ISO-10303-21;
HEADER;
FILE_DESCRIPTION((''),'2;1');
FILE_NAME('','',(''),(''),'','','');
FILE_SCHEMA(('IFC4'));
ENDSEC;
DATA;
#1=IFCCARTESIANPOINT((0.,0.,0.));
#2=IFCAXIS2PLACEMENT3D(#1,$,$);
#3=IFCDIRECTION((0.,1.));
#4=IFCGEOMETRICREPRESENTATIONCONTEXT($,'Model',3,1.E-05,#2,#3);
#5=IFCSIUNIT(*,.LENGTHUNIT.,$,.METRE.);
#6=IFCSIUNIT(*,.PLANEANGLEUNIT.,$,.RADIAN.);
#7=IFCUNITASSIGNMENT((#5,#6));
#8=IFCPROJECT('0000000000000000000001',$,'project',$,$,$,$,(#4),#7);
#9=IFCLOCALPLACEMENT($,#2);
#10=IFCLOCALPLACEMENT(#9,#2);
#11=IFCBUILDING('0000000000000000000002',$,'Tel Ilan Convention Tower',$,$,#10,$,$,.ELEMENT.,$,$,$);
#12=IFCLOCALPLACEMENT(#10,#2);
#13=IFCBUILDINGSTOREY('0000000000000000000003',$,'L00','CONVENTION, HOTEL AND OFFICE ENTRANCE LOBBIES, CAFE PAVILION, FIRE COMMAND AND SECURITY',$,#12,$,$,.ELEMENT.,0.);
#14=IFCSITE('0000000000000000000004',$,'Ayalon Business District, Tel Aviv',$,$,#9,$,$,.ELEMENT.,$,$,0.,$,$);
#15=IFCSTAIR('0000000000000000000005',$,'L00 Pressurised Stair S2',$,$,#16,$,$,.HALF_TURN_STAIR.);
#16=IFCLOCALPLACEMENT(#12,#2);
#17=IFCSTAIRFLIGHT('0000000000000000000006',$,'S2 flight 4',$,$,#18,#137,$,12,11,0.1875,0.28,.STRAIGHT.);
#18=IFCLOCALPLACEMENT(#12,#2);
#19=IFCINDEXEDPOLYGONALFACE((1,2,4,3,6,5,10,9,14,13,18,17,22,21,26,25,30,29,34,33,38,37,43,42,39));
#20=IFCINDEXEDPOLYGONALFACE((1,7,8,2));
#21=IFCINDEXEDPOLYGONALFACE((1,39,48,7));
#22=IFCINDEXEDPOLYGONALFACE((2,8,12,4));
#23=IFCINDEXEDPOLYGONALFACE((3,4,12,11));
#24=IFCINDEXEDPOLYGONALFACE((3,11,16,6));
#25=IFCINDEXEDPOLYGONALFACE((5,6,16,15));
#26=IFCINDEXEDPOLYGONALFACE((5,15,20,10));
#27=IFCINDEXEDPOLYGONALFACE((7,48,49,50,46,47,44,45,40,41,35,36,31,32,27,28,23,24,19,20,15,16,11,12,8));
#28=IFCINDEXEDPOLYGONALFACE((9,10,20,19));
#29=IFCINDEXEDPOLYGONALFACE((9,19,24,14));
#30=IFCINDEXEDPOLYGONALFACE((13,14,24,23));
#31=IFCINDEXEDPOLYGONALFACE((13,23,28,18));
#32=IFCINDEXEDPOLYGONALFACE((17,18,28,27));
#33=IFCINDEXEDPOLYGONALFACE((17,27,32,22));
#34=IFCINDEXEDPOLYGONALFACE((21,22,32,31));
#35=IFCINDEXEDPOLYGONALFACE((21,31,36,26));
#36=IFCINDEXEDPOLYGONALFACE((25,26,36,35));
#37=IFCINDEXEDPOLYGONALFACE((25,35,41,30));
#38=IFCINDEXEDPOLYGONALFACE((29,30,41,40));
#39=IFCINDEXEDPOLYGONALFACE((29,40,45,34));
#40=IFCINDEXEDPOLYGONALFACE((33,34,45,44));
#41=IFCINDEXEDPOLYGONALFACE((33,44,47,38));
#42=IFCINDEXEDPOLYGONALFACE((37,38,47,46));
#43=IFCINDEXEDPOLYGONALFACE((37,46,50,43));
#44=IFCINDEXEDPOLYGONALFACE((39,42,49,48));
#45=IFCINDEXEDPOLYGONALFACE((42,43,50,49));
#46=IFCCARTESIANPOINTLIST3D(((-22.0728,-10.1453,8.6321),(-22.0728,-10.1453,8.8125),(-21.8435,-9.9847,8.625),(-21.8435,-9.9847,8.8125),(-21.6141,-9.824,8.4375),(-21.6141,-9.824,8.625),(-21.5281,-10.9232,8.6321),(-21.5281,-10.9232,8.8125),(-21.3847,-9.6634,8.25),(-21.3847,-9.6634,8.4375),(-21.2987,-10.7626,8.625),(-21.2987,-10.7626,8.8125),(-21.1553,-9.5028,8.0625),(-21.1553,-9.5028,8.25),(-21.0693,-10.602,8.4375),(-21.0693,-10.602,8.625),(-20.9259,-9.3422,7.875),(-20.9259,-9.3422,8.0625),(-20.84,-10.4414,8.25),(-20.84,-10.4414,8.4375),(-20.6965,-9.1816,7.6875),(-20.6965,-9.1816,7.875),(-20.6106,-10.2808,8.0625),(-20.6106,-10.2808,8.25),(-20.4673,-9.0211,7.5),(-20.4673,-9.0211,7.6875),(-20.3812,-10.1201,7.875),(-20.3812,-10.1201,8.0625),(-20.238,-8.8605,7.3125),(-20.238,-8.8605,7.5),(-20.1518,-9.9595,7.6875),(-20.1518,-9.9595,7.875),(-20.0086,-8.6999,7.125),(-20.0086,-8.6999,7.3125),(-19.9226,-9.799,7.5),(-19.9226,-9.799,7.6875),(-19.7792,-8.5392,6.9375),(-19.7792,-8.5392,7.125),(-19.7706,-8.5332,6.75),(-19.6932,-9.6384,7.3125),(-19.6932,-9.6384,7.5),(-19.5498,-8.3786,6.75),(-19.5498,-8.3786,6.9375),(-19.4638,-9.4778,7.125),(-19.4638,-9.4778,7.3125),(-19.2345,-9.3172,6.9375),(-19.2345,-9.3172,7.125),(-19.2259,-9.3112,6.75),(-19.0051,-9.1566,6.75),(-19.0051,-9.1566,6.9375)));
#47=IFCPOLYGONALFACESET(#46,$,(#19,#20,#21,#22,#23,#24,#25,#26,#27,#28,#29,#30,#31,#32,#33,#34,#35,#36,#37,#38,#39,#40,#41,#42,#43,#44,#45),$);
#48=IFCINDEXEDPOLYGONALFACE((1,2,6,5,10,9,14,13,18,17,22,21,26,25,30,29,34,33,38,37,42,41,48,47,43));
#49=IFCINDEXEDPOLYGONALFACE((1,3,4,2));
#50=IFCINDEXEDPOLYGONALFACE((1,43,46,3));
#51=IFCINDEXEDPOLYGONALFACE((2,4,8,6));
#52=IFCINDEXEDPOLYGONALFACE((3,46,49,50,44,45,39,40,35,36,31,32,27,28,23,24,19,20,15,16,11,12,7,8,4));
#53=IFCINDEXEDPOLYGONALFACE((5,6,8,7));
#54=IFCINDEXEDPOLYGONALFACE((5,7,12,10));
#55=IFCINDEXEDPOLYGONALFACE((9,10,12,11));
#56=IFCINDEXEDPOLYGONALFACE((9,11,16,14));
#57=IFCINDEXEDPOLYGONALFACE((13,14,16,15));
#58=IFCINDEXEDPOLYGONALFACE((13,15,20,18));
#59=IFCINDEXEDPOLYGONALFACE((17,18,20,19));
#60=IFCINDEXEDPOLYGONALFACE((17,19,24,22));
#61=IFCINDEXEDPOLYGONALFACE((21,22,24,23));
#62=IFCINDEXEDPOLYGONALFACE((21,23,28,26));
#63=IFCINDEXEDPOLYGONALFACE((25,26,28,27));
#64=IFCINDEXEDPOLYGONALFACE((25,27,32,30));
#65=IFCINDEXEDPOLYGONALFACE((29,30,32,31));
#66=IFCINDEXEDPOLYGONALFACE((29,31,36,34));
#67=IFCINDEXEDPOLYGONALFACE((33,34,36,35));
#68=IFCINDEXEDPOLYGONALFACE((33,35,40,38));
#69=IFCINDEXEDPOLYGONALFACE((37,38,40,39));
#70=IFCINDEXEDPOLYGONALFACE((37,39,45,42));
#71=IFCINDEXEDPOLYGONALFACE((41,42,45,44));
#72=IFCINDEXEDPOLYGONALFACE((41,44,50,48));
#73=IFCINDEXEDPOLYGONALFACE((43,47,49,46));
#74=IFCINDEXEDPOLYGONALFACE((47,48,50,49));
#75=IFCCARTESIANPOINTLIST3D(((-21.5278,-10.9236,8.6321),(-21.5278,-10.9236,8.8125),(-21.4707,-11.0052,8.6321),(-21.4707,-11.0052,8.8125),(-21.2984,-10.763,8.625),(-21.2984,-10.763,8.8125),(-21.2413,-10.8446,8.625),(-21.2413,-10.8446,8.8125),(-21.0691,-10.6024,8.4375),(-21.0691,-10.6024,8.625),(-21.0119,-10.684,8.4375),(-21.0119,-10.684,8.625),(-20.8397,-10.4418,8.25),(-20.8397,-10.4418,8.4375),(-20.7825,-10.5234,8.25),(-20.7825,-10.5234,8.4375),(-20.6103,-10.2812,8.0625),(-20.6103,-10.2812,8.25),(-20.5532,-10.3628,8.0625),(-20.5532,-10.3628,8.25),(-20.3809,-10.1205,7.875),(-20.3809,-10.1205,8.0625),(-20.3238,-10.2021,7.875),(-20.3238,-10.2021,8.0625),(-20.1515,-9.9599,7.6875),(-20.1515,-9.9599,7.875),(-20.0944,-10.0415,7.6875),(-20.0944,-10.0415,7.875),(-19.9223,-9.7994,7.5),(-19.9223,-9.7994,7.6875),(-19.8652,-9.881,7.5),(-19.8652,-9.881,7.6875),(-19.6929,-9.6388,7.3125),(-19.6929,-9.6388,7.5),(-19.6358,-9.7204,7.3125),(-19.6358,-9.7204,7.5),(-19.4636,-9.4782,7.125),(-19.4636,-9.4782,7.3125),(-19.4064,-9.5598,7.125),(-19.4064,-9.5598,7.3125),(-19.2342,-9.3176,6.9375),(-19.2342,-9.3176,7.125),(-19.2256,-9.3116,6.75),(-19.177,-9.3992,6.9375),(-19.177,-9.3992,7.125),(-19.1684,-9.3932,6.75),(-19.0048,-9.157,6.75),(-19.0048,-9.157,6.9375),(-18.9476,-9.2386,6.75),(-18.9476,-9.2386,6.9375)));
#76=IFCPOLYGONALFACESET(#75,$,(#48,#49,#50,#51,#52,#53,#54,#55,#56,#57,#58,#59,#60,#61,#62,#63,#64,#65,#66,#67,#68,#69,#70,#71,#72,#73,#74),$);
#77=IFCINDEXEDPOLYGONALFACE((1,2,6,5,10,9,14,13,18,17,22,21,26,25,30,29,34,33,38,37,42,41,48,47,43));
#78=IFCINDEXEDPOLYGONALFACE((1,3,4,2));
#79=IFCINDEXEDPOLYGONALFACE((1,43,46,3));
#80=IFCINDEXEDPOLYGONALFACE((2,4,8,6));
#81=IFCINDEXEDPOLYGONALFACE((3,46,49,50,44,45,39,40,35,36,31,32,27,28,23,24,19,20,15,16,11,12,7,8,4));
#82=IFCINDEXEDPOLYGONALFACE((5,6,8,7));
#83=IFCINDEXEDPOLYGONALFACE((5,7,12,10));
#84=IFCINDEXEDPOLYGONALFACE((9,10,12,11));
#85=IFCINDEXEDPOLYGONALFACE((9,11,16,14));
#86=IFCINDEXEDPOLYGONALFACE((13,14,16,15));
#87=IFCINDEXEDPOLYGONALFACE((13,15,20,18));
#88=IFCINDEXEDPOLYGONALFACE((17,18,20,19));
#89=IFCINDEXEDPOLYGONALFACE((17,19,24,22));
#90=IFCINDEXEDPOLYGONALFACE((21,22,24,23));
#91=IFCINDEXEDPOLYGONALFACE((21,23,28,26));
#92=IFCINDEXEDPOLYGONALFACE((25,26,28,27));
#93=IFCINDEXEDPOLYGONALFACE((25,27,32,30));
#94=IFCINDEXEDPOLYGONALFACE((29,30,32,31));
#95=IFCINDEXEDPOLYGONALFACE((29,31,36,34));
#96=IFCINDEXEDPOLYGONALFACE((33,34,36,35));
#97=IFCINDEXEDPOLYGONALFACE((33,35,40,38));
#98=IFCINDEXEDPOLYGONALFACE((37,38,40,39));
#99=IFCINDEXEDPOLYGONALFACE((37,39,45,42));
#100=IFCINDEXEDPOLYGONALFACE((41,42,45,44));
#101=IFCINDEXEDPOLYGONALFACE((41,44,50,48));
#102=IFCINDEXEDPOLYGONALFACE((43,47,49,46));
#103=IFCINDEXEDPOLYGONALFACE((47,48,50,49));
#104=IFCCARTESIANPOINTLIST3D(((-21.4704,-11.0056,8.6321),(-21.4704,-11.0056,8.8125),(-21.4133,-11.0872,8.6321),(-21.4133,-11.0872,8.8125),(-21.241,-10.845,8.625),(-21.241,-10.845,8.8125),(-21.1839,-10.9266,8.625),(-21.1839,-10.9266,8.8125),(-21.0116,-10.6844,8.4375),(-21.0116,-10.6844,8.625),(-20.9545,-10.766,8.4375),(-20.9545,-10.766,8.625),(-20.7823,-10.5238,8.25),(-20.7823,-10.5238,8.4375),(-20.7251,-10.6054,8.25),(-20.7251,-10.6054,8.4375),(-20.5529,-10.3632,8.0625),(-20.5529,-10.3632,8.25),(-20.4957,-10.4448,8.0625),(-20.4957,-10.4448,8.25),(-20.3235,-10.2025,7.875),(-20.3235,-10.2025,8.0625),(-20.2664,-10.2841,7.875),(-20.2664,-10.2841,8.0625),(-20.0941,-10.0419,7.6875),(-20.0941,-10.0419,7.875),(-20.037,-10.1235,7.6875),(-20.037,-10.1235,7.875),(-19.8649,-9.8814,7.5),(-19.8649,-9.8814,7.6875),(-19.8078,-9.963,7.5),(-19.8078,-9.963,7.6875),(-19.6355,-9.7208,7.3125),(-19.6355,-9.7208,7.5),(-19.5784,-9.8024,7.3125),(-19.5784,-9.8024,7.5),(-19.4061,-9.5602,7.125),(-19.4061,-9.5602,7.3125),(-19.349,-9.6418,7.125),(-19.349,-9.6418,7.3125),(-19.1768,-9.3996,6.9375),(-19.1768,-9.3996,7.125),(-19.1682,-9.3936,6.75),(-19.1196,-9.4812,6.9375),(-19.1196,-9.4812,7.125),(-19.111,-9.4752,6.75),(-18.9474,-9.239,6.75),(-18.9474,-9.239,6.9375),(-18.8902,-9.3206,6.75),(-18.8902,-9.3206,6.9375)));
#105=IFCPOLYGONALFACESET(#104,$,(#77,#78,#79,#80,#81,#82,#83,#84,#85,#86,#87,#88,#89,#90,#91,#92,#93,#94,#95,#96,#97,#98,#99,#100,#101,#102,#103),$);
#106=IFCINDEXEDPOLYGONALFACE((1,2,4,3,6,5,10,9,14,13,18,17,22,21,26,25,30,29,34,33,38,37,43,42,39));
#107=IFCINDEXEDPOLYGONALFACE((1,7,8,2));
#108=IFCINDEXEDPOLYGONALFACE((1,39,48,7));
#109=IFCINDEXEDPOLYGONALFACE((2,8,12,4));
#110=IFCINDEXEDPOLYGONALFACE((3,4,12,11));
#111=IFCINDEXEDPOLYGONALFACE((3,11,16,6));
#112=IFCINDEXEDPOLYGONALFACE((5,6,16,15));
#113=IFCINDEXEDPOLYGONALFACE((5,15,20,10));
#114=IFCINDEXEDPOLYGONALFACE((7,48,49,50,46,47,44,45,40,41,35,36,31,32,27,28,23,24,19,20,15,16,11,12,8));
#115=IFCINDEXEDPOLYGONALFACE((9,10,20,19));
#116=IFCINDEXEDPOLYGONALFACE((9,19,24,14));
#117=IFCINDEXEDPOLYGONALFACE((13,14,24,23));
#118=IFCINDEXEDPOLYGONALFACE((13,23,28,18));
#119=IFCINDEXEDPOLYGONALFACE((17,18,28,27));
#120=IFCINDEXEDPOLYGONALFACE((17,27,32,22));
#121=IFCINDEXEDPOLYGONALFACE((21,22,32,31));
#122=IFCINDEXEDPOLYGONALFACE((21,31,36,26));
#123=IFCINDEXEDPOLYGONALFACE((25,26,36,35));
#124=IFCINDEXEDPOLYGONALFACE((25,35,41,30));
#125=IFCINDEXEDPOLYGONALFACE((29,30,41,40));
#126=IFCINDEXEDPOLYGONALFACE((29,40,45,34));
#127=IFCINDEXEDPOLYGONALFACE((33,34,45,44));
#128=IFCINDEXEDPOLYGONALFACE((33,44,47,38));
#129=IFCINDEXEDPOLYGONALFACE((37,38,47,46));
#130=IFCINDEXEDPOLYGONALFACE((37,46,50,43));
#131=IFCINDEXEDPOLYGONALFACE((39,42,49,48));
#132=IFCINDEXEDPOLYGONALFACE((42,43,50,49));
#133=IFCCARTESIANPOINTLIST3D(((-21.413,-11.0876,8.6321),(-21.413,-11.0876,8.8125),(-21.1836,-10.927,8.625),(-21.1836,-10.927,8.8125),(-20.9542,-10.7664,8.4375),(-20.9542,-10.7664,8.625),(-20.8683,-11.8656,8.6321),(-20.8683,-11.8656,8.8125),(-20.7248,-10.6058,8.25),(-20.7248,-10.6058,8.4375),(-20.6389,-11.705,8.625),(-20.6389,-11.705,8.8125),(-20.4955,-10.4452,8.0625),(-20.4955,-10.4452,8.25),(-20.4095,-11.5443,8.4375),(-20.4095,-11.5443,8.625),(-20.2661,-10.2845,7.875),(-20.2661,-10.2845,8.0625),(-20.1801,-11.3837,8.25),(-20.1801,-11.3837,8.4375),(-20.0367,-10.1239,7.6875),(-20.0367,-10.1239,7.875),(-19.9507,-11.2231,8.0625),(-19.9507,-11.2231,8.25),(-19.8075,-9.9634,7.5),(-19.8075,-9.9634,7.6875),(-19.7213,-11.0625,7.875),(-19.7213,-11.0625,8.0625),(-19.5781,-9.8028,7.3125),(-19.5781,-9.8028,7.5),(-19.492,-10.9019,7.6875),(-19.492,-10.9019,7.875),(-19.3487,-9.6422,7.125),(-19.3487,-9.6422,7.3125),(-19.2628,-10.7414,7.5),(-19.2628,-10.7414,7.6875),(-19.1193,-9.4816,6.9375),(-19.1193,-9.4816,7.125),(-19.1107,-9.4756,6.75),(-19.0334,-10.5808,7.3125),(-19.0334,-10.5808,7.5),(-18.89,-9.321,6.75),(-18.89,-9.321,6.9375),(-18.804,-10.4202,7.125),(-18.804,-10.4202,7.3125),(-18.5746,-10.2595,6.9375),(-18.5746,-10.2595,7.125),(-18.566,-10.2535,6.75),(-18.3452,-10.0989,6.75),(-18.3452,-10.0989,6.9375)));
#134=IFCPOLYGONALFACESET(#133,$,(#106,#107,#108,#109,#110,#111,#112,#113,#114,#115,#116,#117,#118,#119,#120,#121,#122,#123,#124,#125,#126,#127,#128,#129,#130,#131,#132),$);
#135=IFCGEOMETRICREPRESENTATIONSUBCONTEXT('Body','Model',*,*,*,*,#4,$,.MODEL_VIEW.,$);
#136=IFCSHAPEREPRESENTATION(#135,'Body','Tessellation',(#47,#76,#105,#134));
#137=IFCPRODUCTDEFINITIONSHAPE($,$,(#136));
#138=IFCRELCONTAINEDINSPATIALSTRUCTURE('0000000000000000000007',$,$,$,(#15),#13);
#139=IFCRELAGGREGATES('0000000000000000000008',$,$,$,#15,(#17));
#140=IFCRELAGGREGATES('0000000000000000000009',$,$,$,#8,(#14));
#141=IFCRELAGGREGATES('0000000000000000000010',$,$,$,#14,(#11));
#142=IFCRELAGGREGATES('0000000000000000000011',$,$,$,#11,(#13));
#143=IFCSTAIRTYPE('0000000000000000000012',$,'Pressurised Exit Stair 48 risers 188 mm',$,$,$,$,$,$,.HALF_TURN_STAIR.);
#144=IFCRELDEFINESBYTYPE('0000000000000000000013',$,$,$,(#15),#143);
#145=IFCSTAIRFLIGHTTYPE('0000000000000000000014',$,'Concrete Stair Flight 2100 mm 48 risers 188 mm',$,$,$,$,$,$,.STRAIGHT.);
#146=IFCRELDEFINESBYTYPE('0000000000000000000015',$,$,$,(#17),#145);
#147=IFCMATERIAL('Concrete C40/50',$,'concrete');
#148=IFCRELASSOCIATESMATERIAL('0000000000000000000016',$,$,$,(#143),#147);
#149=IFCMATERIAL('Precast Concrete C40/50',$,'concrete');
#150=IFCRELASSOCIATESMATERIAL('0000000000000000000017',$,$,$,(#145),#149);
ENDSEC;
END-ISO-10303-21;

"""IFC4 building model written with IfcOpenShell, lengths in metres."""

from ifc_helpers import new_model, si_unit, direction, frame, origin, place, context, subcontext, project, spatial, polyline, outline, extrude, material, type_object, element, aggregate, save


model = new_model("IFC4")

# Units and contexts
model_context = context("Model", 3, precision=1e-05, world=origin(), true_north=direction((0.0, 1.0)))
body_context = subcontext(model_context, "Body", "Model", "MODEL_VIEW")
ifc_project = project(units=[si_unit("LENGTHUNIT", "METRE"), si_unit("PLANEANGLEUNIT", "RADIAN")], contexts=[model_context])

# Site, building, storey
site_placement = place(None, origin())
site = spatial("IfcSite", under=ifc_project, at=site_placement, Name="Ayalon Business District, Tel Aviv", CompositionType="ELEMENT", RefElevation=0.0)
building_placement = place(site_placement, origin())
building = spatial("IfcBuilding", under=site, at=building_placement, Name="Tel Ilan Convention Tower", CompositionType="ELEMENT")
storey_placement = place(building_placement, origin())
storey = spatial("IfcBuildingStorey", under=building, at=storey_placement, Name="L00", Description="CONVENTION, HOTEL AND OFFICE ENTRANCE LOBBIES, CAFE PAVILION, FIRE COMMAND AND SECURITY", CompositionType="ELEMENT", Elevation=0.0)

# Stair, stair flight
ifc_material_1 = material(Name="Concrete C40/50", Category="concrete")
stair_type = type_object("IfcStairType", Name="Pressurised Exit Stair 48 risers 188 mm", PredefinedType="HALF_TURN_STAIR", material=ifc_material_1)
ifc_material_2 = material(Name="Precast Concrete C40/50", Category="concrete")
stair_flight_type = type_object("IfcStairFlightType", Name="Concrete Stair Flight 2100 mm 48 risers 188 mm", PredefinedType="STRAIGHT", material=ifc_material_2)
stair_1_placement = place(storey_placement, origin())
stair_1 = element("IfcStair", 1, at=stair_1_placement, inside=storey, type_object=stair_type, Name="L00 Pressurised Stair S2", PredefinedType="HALF_TURN_STAIR")
stair_flight_1_placement = place(storey_placement, frame((-18.9475, -9.2388, 6.75), z_axis=(0.0, 0.0, 1.0), x_axis=(-0.819152, -0.573576, 0.0)))
stair_flight_1 = element("IfcStairFlight", 2, at=stair_flight_1_placement, type_object=stair_flight_type, Name="S2 flight 4", NumberOfRisers=12, NumberOfTreads=11, PredefinedType="STRAIGHT", RiserHeight=0.1875, TreadLength=0.28, context=body_context, shape_type="SweptSolid", body=[
    extrude(outline(polyline([(0.0, 0.0), (0.0, 0.1875), (0.28, 0.1875), (0.28, 0.375), (0.5601, 0.375), (0.5601, 0.5625), (0.8401, 0.5625), (0.8401, 0.75), (1.1201, 0.75), (1.1201, 0.9375), (1.3999, 0.9375), (1.3999, 1.125), (1.6799, 1.125), (1.6799, 1.3125), (1.96, 1.3125), (1.96, 1.5), (2.24, 1.5), (2.24, 1.6875), (2.52, 1.6875), (2.52, 1.875), (2.8, 1.875), (2.8, 2.0625), (3.0801, 2.0625), (3.0801, 2.25), (3.0801, 1.8821), (0.2695, 0.0), (0.0, 0.0)])), frame((0.0, -0.1003, 0.0), z_axis=(0.0, -1.0, 0.0), x_axis=(1.0, 0.0, 0.0)), (0.0, 0.0, 1.0), 0.9497),
    extrude(outline(polyline([(0.0, 0.0), (0.0, 0.1875), (0.28, 0.1875), (0.28, 0.375), (0.5601, 0.375), (0.5601, 0.5625), (0.8401, 0.5625), (0.8401, 0.75), (1.1201, 0.75), (1.1201, 0.9375), (1.3999, 0.9375), (1.3999, 1.125), (1.6799, 1.125), (1.6799, 1.3125), (1.96, 1.3125), (1.96, 1.5), (2.24, 1.5), (2.24, 1.6875), (2.52, 1.6875), (2.52, 1.875), (2.8, 1.875), (2.8, 2.0625), (3.0801, 2.0625), (3.0801, 2.25), (3.0801, 1.8821), (0.2695, 0.0), (0.0, 0.0)])), frame((0.0, -0.0002, 0.0), z_axis=(0.0, -1.0, 0.0), x_axis=(1.0, 0.0, 0.0)), (0.0, 0.0, 1.0), 0.0996),
    extrude(outline(polyline([(0.0, 0.0), (0.0, 0.1875), (0.28, 0.1875), (0.28, 0.375), (0.5601, 0.375), (0.5601, 0.5625), (0.8401, 0.5625), (0.8401, 0.75), (1.1201, 0.75), (1.1201, 0.9375), (1.3999, 0.9375), (1.3999, 1.125), (1.6799, 1.125), (1.6799, 1.3125), (1.96, 1.3125), (1.96, 1.5), (2.24, 1.5), (2.24, 1.6875), (2.52, 1.6875), (2.52, 1.875), (2.8, 1.875), (2.8, 2.0625), (3.0801, 2.0625), (3.0801, 2.25), (3.0801, 1.8821), (0.2695, 0.0), (0.0, 0.0)])), frame((0.0, 0.0999, 0.0), z_axis=(0.0, -1.0, 0.0), x_axis=(1.0, 0.0, 0.0)), (0.0, 0.0, 1.0), 0.0996),
    extrude(outline(polyline([(0.0, 0.0), (0.0, 0.1875), (0.28, 0.1875), (0.28, 0.375), (0.5601, 0.375), (0.5601, 0.5625), (0.8401, 0.5625), (0.8401, 0.75), (1.1201, 0.75), (1.1201, 0.9375), (1.3999, 0.9375), (1.3999, 1.125), (1.6799, 1.125), (1.6799, 1.3125), (1.96, 1.3125), (1.96, 1.5), (2.24, 1.5), (2.24, 1.6875), (2.52, 1.6875), (2.52, 1.875), (2.8, 1.875), (2.8, 2.0625), (3.0801, 2.0625), (3.0801, 2.25), (3.0801, 1.8821), (0.2695, 0.0), (0.0, 0.0)])), frame((0.0, 1.05, 0.0), z_axis=(0.0, -1.0, 0.0), x_axis=(1.0, 0.0, 0.0)), (0.0, 0.0, 1.0), 0.9497),
])
aggregate(stair_1, [stair_flight_1])

save(model, "model.ifc")
